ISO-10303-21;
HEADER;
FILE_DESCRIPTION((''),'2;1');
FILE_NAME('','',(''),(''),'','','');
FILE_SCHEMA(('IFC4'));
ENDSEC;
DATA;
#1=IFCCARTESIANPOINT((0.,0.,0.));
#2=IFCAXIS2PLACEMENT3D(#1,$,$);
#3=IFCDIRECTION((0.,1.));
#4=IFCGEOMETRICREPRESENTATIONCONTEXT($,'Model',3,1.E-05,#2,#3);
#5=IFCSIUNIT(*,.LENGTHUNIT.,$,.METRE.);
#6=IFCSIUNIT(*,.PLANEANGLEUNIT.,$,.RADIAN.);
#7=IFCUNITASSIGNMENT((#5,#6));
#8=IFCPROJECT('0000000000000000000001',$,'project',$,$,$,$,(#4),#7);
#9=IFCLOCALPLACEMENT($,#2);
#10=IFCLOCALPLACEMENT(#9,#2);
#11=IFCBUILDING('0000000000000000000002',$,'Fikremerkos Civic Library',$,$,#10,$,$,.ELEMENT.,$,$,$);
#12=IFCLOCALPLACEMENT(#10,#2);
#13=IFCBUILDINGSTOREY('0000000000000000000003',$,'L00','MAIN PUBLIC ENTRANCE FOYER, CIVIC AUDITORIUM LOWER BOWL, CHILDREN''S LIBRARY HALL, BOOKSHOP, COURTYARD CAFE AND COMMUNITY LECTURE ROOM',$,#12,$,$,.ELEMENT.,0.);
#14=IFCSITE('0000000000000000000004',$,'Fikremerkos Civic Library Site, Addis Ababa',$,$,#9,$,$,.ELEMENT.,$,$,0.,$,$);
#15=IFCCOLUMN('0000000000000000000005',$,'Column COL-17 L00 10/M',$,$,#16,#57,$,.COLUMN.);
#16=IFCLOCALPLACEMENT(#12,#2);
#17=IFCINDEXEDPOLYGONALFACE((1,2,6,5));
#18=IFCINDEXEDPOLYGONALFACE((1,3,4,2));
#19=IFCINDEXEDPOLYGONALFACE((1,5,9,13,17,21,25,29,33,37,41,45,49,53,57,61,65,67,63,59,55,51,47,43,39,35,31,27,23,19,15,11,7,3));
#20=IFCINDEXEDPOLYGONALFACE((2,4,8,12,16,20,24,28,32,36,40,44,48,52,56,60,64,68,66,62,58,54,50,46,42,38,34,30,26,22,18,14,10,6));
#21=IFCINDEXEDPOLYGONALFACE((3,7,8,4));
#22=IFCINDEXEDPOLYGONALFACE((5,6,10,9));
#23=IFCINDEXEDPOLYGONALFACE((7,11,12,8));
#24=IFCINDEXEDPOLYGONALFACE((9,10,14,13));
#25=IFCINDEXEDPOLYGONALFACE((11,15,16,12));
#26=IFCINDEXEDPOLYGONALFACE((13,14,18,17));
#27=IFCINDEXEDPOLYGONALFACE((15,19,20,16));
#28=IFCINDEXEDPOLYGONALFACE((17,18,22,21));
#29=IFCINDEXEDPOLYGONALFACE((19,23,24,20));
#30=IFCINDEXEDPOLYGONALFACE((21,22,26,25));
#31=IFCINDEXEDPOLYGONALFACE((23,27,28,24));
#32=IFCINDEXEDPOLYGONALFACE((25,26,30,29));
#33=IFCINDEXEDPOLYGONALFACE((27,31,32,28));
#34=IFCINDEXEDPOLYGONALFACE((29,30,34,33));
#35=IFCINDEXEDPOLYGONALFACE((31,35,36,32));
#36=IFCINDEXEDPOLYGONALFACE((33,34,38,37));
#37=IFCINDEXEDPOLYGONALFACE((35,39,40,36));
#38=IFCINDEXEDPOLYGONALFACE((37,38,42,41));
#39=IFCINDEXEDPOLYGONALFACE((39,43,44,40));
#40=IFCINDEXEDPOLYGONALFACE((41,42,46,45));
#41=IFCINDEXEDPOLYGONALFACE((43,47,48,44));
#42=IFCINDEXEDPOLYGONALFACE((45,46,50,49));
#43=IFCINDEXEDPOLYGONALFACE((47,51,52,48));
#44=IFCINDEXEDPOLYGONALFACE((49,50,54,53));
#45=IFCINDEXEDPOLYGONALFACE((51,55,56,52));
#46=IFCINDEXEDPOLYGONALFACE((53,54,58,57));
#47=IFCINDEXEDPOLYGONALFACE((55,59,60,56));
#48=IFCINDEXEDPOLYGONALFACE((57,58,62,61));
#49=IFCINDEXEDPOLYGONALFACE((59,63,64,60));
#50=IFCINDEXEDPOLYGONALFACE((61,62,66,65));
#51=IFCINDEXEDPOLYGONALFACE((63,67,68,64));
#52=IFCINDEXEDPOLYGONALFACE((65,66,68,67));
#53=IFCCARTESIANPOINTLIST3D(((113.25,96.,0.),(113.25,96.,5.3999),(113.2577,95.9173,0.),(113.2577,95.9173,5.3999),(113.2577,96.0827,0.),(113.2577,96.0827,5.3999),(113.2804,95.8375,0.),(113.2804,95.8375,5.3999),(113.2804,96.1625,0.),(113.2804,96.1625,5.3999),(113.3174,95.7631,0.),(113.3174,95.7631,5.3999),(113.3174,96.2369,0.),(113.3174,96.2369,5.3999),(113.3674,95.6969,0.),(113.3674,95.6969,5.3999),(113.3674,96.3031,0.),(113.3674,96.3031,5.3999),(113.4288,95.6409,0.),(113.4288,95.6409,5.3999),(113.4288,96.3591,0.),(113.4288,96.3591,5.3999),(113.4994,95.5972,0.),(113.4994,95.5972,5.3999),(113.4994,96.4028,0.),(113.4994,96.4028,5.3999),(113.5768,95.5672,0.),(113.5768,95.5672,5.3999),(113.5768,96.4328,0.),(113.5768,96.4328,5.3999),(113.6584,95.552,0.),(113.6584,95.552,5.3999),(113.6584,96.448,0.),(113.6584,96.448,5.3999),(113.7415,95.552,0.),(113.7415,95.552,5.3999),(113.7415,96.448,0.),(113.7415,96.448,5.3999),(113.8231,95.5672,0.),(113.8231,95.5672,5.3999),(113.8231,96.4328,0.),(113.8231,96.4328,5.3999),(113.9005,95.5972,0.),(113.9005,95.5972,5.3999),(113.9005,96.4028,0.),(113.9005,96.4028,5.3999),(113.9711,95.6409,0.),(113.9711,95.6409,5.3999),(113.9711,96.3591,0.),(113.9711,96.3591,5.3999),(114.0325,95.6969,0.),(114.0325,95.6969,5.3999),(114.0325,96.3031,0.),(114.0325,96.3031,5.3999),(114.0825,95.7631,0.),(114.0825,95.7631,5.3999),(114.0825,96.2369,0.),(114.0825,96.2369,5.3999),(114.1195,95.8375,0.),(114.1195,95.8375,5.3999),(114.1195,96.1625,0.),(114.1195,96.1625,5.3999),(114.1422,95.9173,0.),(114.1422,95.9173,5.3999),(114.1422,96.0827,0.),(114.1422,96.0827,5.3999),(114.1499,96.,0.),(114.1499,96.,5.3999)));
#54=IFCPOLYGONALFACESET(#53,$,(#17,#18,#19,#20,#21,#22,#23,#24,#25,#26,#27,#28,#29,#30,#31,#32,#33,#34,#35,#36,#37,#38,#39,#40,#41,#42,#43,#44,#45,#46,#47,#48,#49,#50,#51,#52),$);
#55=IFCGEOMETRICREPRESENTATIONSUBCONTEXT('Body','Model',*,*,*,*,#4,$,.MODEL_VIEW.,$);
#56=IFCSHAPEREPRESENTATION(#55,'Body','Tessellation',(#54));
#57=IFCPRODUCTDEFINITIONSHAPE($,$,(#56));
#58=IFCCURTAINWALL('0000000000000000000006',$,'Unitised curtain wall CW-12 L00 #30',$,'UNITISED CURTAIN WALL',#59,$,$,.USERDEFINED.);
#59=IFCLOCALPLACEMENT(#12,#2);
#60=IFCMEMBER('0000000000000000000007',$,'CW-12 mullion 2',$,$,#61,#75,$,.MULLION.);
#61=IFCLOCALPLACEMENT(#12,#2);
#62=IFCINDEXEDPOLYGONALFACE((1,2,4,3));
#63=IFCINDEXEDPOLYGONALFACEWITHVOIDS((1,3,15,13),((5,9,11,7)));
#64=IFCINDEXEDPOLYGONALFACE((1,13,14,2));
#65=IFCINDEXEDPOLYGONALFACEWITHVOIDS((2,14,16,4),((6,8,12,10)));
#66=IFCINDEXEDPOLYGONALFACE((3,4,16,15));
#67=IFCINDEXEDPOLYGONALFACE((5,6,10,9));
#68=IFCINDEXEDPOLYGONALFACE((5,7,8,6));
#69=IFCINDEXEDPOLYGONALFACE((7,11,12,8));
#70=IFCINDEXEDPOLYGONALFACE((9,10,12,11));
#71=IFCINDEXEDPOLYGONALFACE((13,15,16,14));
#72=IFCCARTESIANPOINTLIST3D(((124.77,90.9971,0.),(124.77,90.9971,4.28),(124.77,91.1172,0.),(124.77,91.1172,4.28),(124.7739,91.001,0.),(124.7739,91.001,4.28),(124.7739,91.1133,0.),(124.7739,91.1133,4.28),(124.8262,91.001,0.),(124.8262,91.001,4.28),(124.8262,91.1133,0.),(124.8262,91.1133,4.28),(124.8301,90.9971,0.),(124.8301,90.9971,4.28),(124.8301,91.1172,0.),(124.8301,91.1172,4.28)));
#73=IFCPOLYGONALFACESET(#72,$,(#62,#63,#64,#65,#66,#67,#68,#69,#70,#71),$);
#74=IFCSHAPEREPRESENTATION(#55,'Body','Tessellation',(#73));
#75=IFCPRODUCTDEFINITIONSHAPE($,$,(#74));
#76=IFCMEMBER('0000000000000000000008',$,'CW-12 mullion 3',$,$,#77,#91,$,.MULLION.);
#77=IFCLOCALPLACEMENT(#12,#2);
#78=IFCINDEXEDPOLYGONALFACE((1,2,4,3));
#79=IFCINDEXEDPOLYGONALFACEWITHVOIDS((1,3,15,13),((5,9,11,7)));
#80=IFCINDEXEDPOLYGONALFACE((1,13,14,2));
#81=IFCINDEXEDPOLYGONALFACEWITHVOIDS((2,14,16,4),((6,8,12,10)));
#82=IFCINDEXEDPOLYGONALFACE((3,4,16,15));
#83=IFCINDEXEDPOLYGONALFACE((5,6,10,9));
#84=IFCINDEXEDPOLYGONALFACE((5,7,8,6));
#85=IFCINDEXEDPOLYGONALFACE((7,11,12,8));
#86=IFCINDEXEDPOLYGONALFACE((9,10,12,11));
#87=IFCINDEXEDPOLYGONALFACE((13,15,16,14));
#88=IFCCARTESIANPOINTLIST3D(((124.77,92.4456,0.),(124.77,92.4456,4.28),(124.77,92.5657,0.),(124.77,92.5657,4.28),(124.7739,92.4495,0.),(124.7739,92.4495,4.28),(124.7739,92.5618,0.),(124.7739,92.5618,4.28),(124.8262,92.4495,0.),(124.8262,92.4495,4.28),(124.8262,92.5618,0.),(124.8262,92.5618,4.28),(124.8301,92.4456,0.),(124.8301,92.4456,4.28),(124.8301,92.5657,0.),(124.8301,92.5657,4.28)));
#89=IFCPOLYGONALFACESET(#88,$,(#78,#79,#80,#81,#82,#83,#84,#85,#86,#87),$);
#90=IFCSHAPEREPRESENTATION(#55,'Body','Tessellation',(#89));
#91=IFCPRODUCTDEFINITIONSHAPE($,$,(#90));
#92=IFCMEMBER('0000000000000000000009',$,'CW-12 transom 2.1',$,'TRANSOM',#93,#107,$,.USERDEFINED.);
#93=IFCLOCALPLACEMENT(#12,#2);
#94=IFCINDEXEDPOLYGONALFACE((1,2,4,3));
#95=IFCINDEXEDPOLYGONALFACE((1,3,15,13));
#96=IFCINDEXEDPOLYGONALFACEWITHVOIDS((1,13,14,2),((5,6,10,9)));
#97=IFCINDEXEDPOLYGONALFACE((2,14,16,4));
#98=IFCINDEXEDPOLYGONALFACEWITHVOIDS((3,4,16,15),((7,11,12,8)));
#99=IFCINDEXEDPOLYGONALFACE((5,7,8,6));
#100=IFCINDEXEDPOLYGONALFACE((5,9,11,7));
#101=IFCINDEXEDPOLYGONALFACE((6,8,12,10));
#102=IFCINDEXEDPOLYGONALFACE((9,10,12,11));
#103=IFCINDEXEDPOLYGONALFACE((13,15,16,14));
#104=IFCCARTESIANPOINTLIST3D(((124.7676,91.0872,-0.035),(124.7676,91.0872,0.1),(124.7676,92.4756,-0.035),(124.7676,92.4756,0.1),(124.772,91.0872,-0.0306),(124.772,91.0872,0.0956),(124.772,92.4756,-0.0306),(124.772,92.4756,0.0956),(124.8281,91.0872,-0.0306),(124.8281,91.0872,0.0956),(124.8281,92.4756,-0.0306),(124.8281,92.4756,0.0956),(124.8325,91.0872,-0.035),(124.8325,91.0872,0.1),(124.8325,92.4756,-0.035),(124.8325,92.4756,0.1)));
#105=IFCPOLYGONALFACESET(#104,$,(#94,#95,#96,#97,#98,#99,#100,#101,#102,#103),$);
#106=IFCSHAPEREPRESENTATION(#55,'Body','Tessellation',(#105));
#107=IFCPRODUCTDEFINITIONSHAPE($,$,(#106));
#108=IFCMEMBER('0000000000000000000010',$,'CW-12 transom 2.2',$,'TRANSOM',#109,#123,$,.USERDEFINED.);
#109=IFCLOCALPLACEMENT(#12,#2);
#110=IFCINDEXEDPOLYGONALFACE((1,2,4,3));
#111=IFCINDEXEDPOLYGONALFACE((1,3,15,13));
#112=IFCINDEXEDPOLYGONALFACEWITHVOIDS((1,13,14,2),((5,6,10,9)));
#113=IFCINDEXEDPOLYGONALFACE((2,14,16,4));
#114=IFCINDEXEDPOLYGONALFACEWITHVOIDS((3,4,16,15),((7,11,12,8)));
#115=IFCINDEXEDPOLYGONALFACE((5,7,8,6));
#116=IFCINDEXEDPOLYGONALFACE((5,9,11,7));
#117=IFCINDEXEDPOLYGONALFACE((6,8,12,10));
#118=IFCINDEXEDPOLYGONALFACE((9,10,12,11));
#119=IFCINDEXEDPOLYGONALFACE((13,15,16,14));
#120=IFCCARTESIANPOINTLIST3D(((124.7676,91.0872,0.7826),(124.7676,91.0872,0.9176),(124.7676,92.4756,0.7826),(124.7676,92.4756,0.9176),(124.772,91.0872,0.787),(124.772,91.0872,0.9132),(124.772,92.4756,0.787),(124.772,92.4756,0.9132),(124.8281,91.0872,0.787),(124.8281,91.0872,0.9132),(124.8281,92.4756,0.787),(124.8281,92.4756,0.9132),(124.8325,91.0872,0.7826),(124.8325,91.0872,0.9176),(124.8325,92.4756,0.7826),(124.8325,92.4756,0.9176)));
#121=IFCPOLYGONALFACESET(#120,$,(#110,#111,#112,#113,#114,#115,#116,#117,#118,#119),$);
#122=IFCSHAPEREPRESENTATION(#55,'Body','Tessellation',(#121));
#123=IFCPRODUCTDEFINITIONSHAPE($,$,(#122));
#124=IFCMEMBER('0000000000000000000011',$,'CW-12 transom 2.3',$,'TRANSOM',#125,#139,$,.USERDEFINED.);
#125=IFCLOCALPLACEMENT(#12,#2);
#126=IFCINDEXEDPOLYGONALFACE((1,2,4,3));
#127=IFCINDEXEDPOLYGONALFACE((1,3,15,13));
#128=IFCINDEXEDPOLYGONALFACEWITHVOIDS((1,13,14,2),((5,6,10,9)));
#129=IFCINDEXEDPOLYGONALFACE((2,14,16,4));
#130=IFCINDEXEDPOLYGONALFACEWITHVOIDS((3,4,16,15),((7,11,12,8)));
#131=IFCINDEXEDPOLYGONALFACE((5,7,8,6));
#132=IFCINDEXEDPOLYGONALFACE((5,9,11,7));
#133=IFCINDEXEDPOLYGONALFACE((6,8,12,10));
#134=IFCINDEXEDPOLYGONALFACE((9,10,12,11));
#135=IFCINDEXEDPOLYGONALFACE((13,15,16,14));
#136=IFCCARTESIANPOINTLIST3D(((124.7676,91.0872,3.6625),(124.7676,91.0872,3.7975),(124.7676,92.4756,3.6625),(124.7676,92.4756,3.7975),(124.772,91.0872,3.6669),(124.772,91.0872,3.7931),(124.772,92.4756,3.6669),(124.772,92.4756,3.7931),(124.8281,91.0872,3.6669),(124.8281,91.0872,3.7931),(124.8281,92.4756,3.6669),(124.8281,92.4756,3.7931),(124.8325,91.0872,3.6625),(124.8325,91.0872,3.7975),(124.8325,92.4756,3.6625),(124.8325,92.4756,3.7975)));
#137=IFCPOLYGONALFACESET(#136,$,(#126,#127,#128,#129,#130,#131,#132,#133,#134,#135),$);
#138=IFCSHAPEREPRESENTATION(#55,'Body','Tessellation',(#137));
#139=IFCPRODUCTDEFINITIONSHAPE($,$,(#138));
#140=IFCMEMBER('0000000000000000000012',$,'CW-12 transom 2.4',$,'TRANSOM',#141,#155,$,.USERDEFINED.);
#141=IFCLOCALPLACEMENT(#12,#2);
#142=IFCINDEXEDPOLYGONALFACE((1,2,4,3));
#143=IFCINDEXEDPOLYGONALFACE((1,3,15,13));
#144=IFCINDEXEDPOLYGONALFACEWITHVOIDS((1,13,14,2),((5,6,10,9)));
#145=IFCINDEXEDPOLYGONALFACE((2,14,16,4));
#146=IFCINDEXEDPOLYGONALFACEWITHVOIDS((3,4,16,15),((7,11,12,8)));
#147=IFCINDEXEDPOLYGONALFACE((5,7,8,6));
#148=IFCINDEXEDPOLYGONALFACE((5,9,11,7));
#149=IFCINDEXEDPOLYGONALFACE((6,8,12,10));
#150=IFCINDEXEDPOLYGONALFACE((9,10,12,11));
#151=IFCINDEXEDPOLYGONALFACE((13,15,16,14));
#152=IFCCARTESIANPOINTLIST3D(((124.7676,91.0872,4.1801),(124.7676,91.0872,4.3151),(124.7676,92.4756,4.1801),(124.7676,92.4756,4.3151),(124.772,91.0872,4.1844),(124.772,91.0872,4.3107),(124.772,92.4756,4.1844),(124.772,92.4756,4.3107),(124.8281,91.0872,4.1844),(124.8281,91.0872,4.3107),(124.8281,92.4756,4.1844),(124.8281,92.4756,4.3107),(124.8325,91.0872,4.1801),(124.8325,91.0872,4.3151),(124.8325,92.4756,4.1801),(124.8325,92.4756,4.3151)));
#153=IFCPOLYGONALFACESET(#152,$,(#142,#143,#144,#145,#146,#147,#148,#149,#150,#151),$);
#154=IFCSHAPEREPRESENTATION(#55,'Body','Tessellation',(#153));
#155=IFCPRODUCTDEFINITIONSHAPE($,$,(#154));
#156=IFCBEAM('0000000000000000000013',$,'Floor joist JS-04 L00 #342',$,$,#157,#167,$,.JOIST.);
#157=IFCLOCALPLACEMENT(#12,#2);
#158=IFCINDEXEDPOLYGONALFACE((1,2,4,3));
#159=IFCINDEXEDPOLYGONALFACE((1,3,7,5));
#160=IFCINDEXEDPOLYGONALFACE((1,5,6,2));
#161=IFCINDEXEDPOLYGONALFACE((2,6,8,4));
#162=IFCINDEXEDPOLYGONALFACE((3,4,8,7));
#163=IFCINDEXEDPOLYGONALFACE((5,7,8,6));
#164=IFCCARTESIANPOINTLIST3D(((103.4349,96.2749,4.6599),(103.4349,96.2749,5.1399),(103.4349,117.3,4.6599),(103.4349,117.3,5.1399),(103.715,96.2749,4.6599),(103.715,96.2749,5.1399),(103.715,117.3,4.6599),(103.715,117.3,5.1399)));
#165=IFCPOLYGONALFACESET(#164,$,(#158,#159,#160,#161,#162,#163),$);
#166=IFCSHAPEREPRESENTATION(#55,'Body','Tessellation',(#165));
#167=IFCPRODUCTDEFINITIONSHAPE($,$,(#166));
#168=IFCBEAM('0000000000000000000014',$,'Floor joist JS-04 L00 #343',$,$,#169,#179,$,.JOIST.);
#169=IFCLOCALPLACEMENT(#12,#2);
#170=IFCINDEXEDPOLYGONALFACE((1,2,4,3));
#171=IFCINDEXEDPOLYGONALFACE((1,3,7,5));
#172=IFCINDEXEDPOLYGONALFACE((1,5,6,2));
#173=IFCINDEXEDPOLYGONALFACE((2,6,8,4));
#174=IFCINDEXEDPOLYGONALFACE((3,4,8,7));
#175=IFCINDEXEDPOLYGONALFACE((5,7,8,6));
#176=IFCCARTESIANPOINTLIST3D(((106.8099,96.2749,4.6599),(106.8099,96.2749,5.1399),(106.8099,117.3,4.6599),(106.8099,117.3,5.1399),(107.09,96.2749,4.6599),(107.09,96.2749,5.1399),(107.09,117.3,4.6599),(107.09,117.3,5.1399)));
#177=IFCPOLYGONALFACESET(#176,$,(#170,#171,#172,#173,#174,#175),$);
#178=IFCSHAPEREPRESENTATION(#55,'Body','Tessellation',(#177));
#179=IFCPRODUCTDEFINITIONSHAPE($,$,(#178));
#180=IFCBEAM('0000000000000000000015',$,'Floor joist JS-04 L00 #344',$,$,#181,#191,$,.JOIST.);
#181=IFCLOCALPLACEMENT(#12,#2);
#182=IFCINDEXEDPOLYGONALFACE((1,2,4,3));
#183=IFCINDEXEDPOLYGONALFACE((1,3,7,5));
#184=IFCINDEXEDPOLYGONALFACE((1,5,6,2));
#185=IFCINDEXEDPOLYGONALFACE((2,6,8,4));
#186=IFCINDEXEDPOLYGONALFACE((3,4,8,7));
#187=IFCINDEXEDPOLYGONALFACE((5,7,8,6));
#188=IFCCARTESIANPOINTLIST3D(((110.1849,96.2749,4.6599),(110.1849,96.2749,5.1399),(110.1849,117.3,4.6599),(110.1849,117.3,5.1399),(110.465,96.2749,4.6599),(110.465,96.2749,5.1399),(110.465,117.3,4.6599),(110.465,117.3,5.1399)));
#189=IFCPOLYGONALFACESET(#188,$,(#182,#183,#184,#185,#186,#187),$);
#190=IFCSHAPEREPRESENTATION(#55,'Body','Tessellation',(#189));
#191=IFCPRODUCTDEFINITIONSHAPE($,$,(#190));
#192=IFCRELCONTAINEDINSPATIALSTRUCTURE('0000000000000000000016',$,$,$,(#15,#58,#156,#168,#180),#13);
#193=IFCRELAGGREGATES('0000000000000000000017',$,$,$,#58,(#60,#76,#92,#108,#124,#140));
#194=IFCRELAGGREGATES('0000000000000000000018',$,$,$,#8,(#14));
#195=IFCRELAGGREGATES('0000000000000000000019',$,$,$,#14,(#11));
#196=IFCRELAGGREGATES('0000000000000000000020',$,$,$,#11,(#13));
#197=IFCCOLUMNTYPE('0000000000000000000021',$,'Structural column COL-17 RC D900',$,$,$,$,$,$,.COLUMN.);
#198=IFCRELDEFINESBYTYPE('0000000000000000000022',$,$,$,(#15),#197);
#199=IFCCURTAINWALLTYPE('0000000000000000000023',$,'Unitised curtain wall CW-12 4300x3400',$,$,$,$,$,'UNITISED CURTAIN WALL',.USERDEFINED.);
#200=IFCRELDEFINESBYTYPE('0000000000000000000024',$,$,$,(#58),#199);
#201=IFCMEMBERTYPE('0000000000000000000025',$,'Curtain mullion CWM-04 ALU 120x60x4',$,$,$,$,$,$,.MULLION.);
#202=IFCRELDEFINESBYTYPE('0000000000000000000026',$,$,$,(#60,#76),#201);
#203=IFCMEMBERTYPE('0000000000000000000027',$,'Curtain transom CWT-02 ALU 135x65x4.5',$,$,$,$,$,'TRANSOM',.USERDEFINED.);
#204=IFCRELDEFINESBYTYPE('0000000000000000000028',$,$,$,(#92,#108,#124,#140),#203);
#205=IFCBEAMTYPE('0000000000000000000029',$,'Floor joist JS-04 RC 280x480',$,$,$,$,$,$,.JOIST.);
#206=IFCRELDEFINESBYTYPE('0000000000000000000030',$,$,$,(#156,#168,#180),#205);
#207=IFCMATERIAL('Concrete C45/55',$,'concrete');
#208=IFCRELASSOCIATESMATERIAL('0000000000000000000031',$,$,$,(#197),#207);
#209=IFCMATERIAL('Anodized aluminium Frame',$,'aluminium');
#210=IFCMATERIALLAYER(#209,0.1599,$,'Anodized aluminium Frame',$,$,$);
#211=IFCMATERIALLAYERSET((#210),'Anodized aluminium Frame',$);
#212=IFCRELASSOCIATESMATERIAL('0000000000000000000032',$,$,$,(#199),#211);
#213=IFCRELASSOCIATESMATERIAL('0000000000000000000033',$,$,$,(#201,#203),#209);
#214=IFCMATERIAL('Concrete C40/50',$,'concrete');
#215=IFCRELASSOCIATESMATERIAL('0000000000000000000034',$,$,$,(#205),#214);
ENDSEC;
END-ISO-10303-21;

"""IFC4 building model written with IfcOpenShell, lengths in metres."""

from ifc_helpers import new_model, si_unit, direction, frame, origin, origin_2d, place, context, subcontext, project, spatial, rectangle, hollow_rectangle, circle, extrude, material, layer, layer_set, material_profile, profile_set, type_object, element, aggregate, save


model = new_model("IFC4")

# Units and contexts
model_context = context("Model", 3, precision=1e-05, world=origin(), true_north=direction((0.0, 1.0)))
body_context = subcontext(model_context, "Body", "Model", "MODEL_VIEW")
ifc_project = project(units=[si_unit("LENGTHUNIT", "METRE"), si_unit("PLANEANGLEUNIT", "RADIAN")], contexts=[model_context])

# Site, building, storey
site_placement = place(None, origin())
site = spatial("IfcSite", under=ifc_project, at=site_placement, Name="Fikremerkos Civic Library Site, Addis Ababa", CompositionType="ELEMENT", RefElevation=0.0)
building_placement = place(site_placement, origin())
building = spatial("IfcBuilding", under=site, at=building_placement, Name="Fikremerkos Civic Library", CompositionType="ELEMENT")
storey_placement = place(building_placement, origin())
storey = spatial("IfcBuildingStorey", under=building, at=storey_placement, Name="L00", Description="MAIN PUBLIC ENTRANCE FOYER, CIVIC AUDITORIUM LOWER BOWL, CHILDREN'S LIBRARY HALL, BOOKSHOP, COURTYARD CAFE AND COMMUNITY LECTURE ROOM", CompositionType="ELEMENT", Elevation=0.0)

# Column
ifc_material_1 = material(Name="Concrete C45/55", Category="concrete")
ifc_material_profile_1 = material_profile(ifc_material_1, circle(Radius=0.45, at=origin_2d()), Name="RC D900")
ifc_profile_set_1 = profile_set([ifc_material_profile_1], Name="Concrete C45/55")
column_type = type_object("IfcColumnType", Name="Structural column COL-17 RC D900", PredefinedType="COLUMN", material=ifc_profile_set_1)
column_placement = place(storey_placement, frame((113.7, 96.0, 0.0), z_axis=(0.0, 0.0, 1.0), x_axis=(1.0, 0.0, 0.0)))
element("IfcColumn", 1, at=column_placement, inside=storey, type_object=column_type, Name="Column COL-17 L00 10/M", PredefinedType="COLUMN", context=body_context, shape_type="SweptSolid", body=[
    extrude(circle(Radius=0.45, at=origin_2d()), origin(), (0.0, 0.0, 1.0), 5.3999),
])

# Curtain wall, members
ifc_material_2 = material(Name="Anodized aluminium Frame", Category="aluminium")
ifc_layer_1 = layer(ifc_material_2, 0.1599, Name="Anodized aluminium Frame")
ifc_layer_set_1 = layer_set([ifc_layer_1], Name="Anodized aluminium Frame")
curtain_wall_type = type_object("IfcCurtainWallType", Name="Unitised curtain wall CW-12 4300x3400", ElementType="UNITISED CURTAIN WALL", PredefinedType="USERDEFINED", material=ifc_layer_set_1)
curtain_wall_placement = place(storey_placement, origin())
curtain_wall = element("IfcCurtainWall", 2, at=curtain_wall_placement, inside=storey, type_object=curtain_wall_type, Name="Unitised curtain wall CW-12 L00 #30", ObjectType="UNITISED CURTAIN WALL", PredefinedType="USERDEFINED")
ifc_material_profile_2 = material_profile(ifc_material_2, hollow_rectangle(XDim=0.0601, YDim=0.1201, WallThickness=0.0039, at=origin_2d()), Name="ALU 120x60x4")
ifc_profile_set_2 = profile_set([ifc_material_profile_2], Name="Anodized aluminium Frame")
member_type_1 = type_object("IfcMemberType", Name="Curtain mullion CWM-04 ALU 120x60x4", PredefinedType="MULLION", material=ifc_profile_set_2)
member_1_placement = place(storey_placement, frame((124.8, 91.0571, 0.0), z_axis=(0.0, 0.0, 1.0), x_axis=(-1.0, 0.0, 0.0)))
member_1 = element("IfcMember", 3, at=member_1_placement, type_object=member_type_1, Name="CW-12 mullion 2", PredefinedType="MULLION", context=body_context, shape_type="SweptSolid", body=[
    extrude(hollow_rectangle(XDim=0.0601, YDim=0.1201, WallThickness=0.0039, at=origin_2d()), origin(), (0.0, 0.0, 1.0), 4.28),
])
member_2_placement = place(storey_placement, frame((124.8, 92.5056, 0.0), z_axis=(0.0, 0.0, 1.0), x_axis=(-1.0, 0.0, 0.0)))
member_2 = element("IfcMember", 4, at=member_2_placement, type_object=member_type_1, Name="CW-12 mullion 3", PredefinedType="MULLION", context=body_context, shape_type="SweptSolid", body=[
    extrude(hollow_rectangle(XDim=0.0601, YDim=0.1201, WallThickness=0.0039, at=origin_2d()), origin(), (0.0, 0.0, 1.0), 4.28),
])
ifc_material_profile_3 = material_profile(ifc_material_2, hollow_rectangle(XDim=0.0649, YDim=0.135, WallThickness=0.0044, at=origin_2d()), Name="ALU 135x65x4.5")
ifc_profile_set_3 = profile_set([ifc_material_profile_3], Name="Anodized aluminium Frame")
member_type_2 = type_object("IfcMemberType", Name="Curtain transom CWT-02 ALU 135x65x4.5", ElementType="TRANSOM", PredefinedType="USERDEFINED", material=ifc_profile_set_3)
member_3_placement = place(storey_placement, frame((124.8, 91.0872, 0.0325), z_axis=(0.0, 1.0, 0.0), x_axis=(-1.0, 0.0, 0.0)))
member_3 = element("IfcMember", 5, at=member_3_placement, type_object=member_type_2, Name="CW-12 transom 2.1", ObjectType="TRANSOM", PredefinedType="USERDEFINED", context=body_context, shape_type="SweptSolid", body=[
    extrude(hollow_rectangle(XDim=0.0649, YDim=0.135, WallThickness=0.0044, at=origin_2d()), origin(), (0.0, 0.0, 1.0), 1.3884),
])
member_4_placement = place(storey_placement, frame((124.8, 91.0872, 0.8501), z_axis=(0.0, 1.0, 0.0), x_axis=(-1.0, 0.0, 0.0)))
member_4 = element("IfcMember", 6, at=member_4_placement, type_object=member_type_2, Name="CW-12 transom 2.2", ObjectType="TRANSOM", PredefinedType="USERDEFINED", context=body_context, shape_type="SweptSolid", body=[
    extrude(hollow_rectangle(XDim=0.0649, YDim=0.135, WallThickness=0.0044, at=origin_2d()), origin(), (0.0, 0.0, 1.0), 1.3884),
])
member_5_placement = place(storey_placement, frame((124.8, 91.0872, 3.73), z_axis=(0.0, 1.0, 0.0), x_axis=(-1.0, 0.0, 0.0)))
member_5 = element("IfcMember", 7, at=member_5_placement, type_object=member_type_2, Name="CW-12 transom 2.3", ObjectType="TRANSOM", PredefinedType="USERDEFINED", context=body_context, shape_type="SweptSolid", body=[
    extrude(hollow_rectangle(XDim=0.0649, YDim=0.135, WallThickness=0.0044, at=origin_2d()), origin(), (0.0, 0.0, 1.0), 1.3884),
])
member_6_placement = place(storey_placement, frame((124.8, 91.0872, 4.2476), z_axis=(0.0, 1.0, 0.0), x_axis=(-1.0, 0.0, 0.0)))
member_6 = element("IfcMember", 8, at=member_6_placement, type_object=member_type_2, Name="CW-12 transom 2.4", ObjectType="TRANSOM", PredefinedType="USERDEFINED", context=body_context, shape_type="SweptSolid", body=[
    extrude(hollow_rectangle(XDim=0.0649, YDim=0.135, WallThickness=0.0044, at=origin_2d()), origin(), (0.0, 0.0, 1.0), 1.3884),
])

# Beams
ifc_material_3 = material(Name="Concrete C40/50", Category="concrete")
ifc_material_profile_4 = material_profile(ifc_material_3, rectangle(XDim=0.28, YDim=0.48, at=origin_2d()), Name="RC 280x480")
ifc_profile_set_4 = profile_set([ifc_material_profile_4], Name="Concrete C40/50")
beam_type_1 = type_object("IfcBeamType", Name="Floor joist JS-04 RC 280x480", PredefinedType="JOIST", material=ifc_profile_set_4)
for number, where, z_axis, x_axis, name in (
    (9, (103.575, 96.2749, 4.8999), (0.0, 1.0, 0.0), (-1.0, 0.0, 0.0), "Floor joist JS-04 L00 #342"),
    (10, (106.95, 96.2749, 4.8999), (0.0, 1.0, 0.0), (-1.0, 0.0, 0.0), "Floor joist JS-04 L00 #343"),
    (11, (110.325, 96.2749, 4.8999), (0.0, 1.0, 0.0), (-1.0, 0.0, 0.0), "Floor joist JS-04 L00 #344"),
):
    element("IfcBeam", number, at=place(storey_placement, frame(where, z_axis=z_axis, x_axis=x_axis)), inside=storey, type_object=beam_type_1, Name=name, PredefinedType="JOIST", context=body_context, shape_type="SweptSolid", body=[
        extrude(rectangle(XDim=0.28, YDim=0.48, at=origin_2d()), origin(), (0.0, 0.0, 1.0), 21.0251),
    ])

aggregate(curtain_wall, [member_1, member_2, member_3, member_4, member_5, member_6])

save(model, "model.ifc")
